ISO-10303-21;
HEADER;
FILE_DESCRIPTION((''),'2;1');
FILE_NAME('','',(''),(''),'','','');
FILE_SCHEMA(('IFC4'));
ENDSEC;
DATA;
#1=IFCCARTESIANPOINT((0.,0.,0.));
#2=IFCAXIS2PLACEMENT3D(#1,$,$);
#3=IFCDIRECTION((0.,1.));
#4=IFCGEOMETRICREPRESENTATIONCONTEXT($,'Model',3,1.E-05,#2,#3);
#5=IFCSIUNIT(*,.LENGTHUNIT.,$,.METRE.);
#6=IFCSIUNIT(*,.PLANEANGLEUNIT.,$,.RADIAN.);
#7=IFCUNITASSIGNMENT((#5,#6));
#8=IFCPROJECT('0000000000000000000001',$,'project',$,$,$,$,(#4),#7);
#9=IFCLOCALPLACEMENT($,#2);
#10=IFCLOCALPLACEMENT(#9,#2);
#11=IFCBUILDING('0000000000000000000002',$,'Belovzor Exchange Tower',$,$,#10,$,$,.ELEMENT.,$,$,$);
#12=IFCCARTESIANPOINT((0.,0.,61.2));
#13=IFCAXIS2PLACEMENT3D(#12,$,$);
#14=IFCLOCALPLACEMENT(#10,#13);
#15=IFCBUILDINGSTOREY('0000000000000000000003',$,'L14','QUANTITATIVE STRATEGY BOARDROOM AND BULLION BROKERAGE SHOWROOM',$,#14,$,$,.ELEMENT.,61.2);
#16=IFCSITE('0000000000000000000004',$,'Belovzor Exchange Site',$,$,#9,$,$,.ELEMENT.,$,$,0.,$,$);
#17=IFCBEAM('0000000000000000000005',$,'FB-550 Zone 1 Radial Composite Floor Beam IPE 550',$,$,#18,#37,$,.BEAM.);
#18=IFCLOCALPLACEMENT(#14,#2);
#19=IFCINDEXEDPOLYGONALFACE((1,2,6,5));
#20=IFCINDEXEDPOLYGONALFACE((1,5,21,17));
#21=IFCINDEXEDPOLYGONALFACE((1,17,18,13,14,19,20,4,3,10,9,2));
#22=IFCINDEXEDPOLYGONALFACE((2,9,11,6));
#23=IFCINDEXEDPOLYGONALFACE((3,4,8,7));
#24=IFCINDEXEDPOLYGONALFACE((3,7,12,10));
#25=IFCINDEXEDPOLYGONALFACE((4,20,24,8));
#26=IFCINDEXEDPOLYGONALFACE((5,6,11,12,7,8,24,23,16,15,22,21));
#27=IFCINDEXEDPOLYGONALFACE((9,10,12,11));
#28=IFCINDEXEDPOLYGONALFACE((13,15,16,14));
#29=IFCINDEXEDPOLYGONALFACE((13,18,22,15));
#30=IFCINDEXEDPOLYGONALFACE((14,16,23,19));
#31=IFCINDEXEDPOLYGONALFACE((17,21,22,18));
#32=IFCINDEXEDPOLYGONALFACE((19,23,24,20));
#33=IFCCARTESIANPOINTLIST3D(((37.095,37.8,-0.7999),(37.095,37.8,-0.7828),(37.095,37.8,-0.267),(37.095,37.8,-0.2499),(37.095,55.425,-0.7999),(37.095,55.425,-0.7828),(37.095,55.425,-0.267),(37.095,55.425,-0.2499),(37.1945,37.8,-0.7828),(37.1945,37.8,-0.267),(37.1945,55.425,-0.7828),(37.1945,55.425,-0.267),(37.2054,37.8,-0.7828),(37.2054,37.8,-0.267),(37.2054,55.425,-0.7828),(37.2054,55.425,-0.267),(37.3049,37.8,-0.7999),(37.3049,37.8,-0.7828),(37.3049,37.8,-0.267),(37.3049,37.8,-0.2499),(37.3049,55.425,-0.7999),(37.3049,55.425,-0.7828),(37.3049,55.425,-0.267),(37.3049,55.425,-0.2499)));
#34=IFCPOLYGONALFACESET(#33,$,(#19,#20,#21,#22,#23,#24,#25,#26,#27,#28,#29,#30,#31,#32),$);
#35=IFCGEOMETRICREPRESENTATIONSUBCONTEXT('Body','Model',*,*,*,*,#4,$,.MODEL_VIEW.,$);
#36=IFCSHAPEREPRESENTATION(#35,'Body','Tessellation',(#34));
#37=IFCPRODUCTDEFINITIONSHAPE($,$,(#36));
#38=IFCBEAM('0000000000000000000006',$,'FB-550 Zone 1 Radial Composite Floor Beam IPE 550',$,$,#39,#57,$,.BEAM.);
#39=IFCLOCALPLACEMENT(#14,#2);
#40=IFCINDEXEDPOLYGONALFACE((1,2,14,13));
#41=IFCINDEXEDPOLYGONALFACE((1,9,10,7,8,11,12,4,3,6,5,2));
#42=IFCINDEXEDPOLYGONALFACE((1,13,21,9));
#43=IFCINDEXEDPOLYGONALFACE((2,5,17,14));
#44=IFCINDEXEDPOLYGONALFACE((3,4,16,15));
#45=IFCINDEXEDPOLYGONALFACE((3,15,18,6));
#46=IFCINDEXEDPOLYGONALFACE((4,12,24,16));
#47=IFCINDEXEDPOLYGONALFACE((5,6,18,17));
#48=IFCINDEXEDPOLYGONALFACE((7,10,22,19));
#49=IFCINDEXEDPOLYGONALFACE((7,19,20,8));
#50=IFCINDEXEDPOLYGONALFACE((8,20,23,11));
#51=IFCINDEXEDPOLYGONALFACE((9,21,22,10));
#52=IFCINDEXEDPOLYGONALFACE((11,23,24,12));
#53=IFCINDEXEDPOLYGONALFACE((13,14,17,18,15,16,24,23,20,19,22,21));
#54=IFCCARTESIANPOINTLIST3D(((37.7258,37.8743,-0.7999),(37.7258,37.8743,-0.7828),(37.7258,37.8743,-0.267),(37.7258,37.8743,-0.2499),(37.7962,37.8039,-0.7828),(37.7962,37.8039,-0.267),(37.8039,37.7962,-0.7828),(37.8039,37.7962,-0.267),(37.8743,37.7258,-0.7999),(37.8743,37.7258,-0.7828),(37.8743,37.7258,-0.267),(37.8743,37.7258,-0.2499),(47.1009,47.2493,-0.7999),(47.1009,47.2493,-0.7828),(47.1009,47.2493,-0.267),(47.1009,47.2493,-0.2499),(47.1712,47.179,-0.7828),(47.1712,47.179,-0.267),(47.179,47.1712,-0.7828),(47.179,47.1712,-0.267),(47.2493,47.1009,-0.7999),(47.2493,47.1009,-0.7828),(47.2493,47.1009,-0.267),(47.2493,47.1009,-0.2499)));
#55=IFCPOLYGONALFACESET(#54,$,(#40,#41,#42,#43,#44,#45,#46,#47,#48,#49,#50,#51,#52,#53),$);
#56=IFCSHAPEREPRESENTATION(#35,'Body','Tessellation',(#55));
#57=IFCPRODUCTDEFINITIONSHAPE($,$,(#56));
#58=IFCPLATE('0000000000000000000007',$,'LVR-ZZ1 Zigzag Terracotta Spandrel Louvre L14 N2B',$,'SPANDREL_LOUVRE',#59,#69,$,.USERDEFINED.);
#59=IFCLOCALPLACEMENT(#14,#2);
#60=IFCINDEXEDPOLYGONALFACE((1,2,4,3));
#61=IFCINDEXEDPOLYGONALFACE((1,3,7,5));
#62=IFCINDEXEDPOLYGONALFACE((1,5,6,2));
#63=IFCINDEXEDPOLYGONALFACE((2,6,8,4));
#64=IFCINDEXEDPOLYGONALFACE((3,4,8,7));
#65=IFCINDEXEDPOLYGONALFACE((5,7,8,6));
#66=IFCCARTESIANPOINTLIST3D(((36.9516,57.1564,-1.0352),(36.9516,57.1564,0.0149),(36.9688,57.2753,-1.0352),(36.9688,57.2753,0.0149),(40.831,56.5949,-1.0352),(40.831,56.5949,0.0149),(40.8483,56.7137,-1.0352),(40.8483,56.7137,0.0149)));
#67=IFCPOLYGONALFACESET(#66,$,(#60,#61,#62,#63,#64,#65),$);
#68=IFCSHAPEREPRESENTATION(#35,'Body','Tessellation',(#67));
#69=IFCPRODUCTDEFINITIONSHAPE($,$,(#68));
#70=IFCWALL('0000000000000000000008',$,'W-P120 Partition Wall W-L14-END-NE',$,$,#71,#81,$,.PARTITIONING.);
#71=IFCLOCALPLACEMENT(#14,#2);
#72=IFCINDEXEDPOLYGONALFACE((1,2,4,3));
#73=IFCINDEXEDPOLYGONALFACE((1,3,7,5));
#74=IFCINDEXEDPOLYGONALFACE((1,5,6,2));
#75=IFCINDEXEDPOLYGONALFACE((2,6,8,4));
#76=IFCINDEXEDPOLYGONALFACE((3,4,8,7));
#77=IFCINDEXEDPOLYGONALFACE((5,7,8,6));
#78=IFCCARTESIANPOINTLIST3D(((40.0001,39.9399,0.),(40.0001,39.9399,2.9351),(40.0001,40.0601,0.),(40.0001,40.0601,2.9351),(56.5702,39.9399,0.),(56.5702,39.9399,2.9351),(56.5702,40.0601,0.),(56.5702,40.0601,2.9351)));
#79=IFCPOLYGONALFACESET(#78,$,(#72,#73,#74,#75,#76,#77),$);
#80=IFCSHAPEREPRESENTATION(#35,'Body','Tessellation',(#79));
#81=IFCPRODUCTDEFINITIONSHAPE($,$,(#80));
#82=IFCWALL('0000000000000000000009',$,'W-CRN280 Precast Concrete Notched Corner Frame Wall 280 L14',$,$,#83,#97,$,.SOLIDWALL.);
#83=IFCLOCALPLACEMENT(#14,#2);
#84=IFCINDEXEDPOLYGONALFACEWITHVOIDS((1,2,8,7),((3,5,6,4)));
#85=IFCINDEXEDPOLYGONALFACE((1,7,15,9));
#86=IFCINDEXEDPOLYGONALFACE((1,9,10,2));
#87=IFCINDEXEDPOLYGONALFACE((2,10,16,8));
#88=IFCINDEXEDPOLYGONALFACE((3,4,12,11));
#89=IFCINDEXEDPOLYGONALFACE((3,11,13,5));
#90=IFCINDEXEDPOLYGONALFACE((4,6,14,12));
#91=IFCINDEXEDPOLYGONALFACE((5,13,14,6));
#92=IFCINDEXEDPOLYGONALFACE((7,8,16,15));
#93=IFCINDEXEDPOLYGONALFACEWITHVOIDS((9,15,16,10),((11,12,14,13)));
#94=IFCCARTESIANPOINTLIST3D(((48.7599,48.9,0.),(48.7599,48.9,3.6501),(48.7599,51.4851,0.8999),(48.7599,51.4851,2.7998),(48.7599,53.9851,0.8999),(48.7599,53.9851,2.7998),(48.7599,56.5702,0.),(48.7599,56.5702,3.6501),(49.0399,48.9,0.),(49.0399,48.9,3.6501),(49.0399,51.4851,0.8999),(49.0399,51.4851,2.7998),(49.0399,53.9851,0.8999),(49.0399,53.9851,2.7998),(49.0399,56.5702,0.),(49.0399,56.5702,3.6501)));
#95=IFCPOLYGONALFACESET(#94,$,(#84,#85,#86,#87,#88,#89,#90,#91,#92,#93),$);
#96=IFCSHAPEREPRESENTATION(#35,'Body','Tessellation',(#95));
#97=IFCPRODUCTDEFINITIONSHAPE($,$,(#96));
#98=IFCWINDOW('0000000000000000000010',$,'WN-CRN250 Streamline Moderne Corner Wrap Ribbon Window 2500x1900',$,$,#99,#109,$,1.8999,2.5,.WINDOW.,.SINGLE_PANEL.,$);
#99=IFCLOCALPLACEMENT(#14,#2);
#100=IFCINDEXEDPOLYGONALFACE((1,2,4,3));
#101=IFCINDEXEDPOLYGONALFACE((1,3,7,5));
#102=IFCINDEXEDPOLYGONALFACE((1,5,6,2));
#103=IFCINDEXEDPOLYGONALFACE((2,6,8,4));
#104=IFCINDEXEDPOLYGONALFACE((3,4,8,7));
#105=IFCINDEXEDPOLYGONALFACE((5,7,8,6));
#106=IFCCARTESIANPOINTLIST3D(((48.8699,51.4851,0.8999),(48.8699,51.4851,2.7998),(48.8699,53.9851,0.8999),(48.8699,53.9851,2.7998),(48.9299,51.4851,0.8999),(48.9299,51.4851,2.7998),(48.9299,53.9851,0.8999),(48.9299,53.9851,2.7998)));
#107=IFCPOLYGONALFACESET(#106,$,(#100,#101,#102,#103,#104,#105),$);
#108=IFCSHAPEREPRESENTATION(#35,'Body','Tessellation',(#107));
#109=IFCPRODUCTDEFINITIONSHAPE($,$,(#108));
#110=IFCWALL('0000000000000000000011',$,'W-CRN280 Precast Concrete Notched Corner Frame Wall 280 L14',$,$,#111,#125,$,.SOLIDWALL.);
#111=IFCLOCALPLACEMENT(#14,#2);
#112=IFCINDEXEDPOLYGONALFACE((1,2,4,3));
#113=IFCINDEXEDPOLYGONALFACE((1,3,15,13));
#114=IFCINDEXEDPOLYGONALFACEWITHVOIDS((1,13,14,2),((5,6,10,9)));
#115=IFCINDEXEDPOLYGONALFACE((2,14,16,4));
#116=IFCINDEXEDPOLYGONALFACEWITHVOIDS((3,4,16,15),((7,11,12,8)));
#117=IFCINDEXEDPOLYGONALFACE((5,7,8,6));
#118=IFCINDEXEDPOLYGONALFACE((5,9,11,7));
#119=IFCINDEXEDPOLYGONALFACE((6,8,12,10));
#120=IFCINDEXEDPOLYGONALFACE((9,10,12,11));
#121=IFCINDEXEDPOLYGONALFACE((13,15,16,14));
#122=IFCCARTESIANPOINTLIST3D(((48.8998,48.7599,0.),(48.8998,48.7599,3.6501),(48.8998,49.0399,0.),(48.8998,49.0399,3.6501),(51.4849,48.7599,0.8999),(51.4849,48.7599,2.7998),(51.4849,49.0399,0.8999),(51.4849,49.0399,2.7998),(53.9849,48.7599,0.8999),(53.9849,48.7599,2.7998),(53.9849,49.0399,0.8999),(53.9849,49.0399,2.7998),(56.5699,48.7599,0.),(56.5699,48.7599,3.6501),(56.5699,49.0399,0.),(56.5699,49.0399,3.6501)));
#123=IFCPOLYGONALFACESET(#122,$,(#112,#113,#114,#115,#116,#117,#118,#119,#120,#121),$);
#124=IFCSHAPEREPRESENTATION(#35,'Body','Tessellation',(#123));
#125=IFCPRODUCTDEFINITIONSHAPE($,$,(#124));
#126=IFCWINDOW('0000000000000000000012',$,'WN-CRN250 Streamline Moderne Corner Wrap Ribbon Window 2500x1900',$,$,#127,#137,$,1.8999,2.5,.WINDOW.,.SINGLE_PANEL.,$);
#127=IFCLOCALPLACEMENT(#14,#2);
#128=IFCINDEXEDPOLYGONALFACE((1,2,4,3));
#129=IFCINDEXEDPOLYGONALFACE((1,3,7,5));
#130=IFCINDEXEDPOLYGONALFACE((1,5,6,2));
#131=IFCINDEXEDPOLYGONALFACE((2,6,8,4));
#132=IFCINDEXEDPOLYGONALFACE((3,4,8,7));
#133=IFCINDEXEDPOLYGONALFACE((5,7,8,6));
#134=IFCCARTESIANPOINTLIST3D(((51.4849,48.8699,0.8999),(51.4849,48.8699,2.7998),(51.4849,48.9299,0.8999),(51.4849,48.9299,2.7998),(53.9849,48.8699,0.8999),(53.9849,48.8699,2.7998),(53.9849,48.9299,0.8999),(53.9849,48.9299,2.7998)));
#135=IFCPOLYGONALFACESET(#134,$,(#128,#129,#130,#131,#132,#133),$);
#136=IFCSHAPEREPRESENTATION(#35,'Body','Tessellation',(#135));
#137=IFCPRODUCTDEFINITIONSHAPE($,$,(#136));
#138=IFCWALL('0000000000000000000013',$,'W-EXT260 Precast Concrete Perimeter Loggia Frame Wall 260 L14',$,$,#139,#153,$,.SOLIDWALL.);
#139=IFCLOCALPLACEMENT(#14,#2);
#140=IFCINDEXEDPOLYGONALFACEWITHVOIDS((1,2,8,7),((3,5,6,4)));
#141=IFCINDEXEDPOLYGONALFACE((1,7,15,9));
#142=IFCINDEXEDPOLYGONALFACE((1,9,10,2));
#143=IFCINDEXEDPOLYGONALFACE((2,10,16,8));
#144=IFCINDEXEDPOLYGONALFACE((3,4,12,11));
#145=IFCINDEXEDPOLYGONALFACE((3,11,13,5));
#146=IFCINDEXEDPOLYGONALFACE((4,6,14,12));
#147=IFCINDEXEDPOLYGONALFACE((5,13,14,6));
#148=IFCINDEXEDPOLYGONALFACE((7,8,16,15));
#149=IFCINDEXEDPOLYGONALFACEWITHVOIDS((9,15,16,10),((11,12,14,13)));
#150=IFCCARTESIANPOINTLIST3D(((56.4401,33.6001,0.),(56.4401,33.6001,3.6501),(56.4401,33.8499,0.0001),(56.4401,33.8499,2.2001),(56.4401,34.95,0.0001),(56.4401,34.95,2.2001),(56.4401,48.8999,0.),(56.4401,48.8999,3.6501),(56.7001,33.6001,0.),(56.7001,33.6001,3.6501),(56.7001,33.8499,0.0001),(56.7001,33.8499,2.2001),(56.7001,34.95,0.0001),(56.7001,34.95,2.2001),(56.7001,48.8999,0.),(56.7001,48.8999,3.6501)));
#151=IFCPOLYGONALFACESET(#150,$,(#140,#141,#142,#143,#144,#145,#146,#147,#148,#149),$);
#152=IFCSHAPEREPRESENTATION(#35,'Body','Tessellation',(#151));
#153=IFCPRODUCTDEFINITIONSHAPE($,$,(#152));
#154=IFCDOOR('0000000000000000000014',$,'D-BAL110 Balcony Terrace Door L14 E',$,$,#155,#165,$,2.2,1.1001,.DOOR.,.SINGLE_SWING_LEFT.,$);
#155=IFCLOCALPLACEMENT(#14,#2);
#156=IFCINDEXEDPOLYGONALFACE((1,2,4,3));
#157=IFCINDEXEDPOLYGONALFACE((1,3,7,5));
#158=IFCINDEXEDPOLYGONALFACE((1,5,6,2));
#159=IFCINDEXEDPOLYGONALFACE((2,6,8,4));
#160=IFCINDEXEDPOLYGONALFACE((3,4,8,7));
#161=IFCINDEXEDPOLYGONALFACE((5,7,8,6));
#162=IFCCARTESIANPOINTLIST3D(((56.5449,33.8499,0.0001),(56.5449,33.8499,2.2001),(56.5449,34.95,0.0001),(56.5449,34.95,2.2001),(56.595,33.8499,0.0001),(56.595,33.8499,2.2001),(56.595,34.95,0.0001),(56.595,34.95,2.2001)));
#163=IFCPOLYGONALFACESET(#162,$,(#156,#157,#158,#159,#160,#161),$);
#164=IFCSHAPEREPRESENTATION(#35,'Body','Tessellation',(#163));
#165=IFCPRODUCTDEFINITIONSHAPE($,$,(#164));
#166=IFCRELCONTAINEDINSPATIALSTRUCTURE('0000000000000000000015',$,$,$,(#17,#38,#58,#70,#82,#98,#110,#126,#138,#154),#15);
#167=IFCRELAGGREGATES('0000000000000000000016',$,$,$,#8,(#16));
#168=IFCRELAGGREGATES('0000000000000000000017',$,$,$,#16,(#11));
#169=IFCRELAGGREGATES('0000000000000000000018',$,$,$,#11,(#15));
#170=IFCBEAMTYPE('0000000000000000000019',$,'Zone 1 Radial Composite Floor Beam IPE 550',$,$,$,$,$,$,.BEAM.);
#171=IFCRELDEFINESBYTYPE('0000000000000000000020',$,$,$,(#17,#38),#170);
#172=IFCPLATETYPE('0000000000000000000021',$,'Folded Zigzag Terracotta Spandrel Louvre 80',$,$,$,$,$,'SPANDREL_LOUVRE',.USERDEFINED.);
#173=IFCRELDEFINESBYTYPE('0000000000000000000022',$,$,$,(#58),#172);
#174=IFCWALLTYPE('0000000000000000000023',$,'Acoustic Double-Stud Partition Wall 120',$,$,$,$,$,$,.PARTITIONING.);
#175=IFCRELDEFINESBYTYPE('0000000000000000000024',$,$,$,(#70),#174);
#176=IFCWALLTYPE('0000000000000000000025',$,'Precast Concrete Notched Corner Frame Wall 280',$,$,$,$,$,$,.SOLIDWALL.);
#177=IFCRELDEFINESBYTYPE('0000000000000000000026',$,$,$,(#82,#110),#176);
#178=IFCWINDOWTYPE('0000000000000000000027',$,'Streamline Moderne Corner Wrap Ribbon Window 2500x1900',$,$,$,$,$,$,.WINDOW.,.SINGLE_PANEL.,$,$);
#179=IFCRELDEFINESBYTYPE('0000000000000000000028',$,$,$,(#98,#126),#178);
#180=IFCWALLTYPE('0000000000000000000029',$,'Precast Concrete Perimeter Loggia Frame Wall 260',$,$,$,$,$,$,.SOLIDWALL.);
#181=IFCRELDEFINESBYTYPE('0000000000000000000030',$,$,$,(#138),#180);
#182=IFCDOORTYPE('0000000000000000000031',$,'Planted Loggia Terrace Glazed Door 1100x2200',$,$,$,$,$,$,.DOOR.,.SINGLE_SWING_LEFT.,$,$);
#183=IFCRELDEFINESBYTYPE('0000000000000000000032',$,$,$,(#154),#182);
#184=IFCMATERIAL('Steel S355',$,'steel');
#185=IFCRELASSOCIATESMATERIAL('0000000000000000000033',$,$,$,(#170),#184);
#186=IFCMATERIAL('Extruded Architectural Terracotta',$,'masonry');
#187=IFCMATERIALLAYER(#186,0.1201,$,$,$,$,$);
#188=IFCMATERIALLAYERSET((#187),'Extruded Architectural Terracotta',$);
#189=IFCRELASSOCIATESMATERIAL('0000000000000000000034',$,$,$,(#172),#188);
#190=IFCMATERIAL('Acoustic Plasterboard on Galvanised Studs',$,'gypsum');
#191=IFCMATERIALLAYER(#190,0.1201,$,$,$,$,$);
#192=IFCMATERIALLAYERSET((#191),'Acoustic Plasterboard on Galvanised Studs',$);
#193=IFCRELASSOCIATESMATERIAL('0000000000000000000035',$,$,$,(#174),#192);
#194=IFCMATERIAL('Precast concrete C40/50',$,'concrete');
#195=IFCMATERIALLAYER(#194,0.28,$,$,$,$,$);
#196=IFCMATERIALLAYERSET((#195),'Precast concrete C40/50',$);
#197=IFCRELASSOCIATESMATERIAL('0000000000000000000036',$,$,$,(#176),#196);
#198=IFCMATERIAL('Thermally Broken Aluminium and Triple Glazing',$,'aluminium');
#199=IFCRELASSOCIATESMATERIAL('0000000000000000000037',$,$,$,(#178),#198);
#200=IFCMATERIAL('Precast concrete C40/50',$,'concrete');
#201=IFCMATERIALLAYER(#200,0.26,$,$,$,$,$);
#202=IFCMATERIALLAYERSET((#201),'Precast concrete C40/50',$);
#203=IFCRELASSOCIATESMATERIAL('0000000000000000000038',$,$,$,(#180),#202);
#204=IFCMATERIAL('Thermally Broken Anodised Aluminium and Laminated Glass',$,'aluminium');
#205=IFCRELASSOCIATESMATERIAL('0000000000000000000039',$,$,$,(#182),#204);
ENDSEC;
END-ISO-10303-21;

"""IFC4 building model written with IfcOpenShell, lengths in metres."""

from ifc_helpers import new_model, si_unit, direction, frame, frame_2d, origin, origin_2d, place, context, subcontext, project, spatial, rectangle, i_section, extrude, material, layer, layer_set, material_profile, profile_set, type_object, element, fill, save


model = new_model("IFC4")

# Units and contexts
model_context = context("Model", 3, precision=1e-05, world=origin(), true_north=direction((0.0, 1.0)))
body_context = subcontext(model_context, "Body", "Model", "MODEL_VIEW")
ifc_project = project(units=[si_unit("LENGTHUNIT", "METRE"), si_unit("PLANEANGLEUNIT", "RADIAN")], contexts=[model_context])

# Site, building, storey
site_placement = place(None, origin())
site = spatial("IfcSite", under=ifc_project, at=site_placement, Name="Belovzor Exchange Site", CompositionType="ELEMENT", RefElevation=0.0)
building_placement = place(site_placement, origin())
building = spatial("IfcBuilding", under=site, at=building_placement, Name="Belovzor Exchange Tower", CompositionType="ELEMENT")
storey_placement = place(building_placement, frame((0.0, 0.0, 61.2)))
storey = spatial("IfcBuildingStorey", under=building, at=storey_placement, Name="L14", Description="QUANTITATIVE STRATEGY BOARDROOM AND BULLION BROKERAGE SHOWROOM", CompositionType="ELEMENT", Elevation=61.2)

# Beams
ifc_material_1 = material(Name="Steel S355", Category="steel")
ifc_material_profile_1 = material_profile(ifc_material_1, i_section(OverallWidth=0.21, OverallDepth=0.55, WebThickness=0.011, FlangeThickness=0.0171, at=origin_2d()))
ifc_profile_set_1 = profile_set([ifc_material_profile_1], Name="Steel S355")
beam_type_1 = type_object("IfcBeamType", Name="Zone 1 Radial Composite Floor Beam IPE 550", PredefinedType="BEAM", material=ifc_profile_set_1)
beam_1_placement = place(storey_placement, frame((37.2, 37.8, -0.5249), z_axis=(0.0, 1.0, 0.0), x_axis=(-1.0, 0.0, 0.0)))
element("IfcBeam", 1, at=beam_1_placement, inside=storey, type_object=beam_type_1, Name="FB-550 Zone 1 Radial Composite Floor Beam IPE 550", PredefinedType="BEAM", context=body_context, shape_type="SweptSolid", body=[
    extrude(i_section(OverallWidth=0.21, OverallDepth=0.55, WebThickness=0.011, FlangeThickness=0.0171, at=origin_2d()), origin(), (0.0, 0.0, 1.0), 17.625),
])
beam_2_placement = place(storey_placement, frame((37.8, 37.8, -0.5249), z_axis=(0.707107, 0.707107, 0.0), x_axis=(-0.707107, 0.707107, 0.0)))
element("IfcBeam", 2, at=beam_2_placement, inside=storey, type_object=beam_type_1, Name="FB-550 Zone 1 Radial Composite Floor Beam IPE 550", PredefinedType="BEAM", context=body_context, shape_type="SweptSolid", body=[
    extrude(i_section(OverallWidth=0.21, OverallDepth=0.55, WebThickness=0.011, FlangeThickness=0.0171, at=origin_2d()), origin(), (0.0, 0.0, 1.0), 13.2583),
])

# Plate
ifc_material_2 = material(Name="Extruded Architectural Terracotta", Category="masonry")
ifc_layer_1 = layer(ifc_material_2, 0.1201)
ifc_layer_set_1 = layer_set([ifc_layer_1], Name="Extruded Architectural Terracotta")
plate_type = type_object("IfcPlateType", Name="Folded Zigzag Terracotta Spandrel Louvre 80", ElementType="SPANDREL_LOUVRE", PredefinedType="USERDEFINED", material=ifc_layer_set_1)
plate_placement = place(storey_placement, frame((38.8999, 56.9351, -1.0352), z_axis=(0.0, 0.0, 1.0), x_axis=(0.989686, -0.143251, 0.0)))
element("IfcPlate", 3, at=plate_placement, inside=storey, type_object=plate_type, Name="LVR-ZZ1 Zigzag Terracotta Spandrel Louvre L14 N2B", ObjectType="SPANDREL_LOUVRE", PredefinedType="USERDEFINED", context=body_context, shape_type="SweptSolid", body=[
    extrude(rectangle(XDim=3.9199, YDim=0.1201, at=origin_2d()), origin(), (0.0, 0.0, 1.0), 1.05),
])

# Wall
ifc_material_3 = material(Name="Acoustic Plasterboard on Galvanised Studs", Category="gypsum")
ifc_layer_2 = layer(ifc_material_3, 0.1201)
ifc_layer_set_2 = layer_set([ifc_layer_2], Name="Acoustic Plasterboard on Galvanised Studs")
wall_type_1 = type_object("IfcWallType", Name="Acoustic Double-Stud Partition Wall 120", PredefinedType="PARTITIONING", material=ifc_layer_set_2)
wall_1_placement = place(storey_placement, frame((40.0, 40.0, 0.0), z_axis=(0.0, 0.0, 1.0), x_axis=(1.0, 0.0, 0.0)))
element("IfcWall", 4, at=wall_1_placement, inside=storey, type_object=wall_type_1, Name="W-P120 Partition Wall W-L14-END-NE", PredefinedType="PARTITIONING", context=body_context, shape_type="SweptSolid", body=[
    extrude(rectangle(XDim=16.5701, YDim=0.1201, at=frame_2d((8.2852, 0.0))), origin(), (0.0, 0.0, 1.0), 2.9351),
])

# Walls, openings, windows
ifc_material_4 = material(Name="Precast concrete C40/50", Category="concrete")
ifc_layer_3 = layer(ifc_material_4, 0.28)
ifc_layer_set_3 = layer_set([ifc_layer_3], Name="Precast concrete C40/50")
wall_type_2 = type_object("IfcWallType", Name="Precast Concrete Notched Corner Frame Wall 280", PredefinedType="SOLIDWALL", material=ifc_layer_set_3)
wall_2_placement = place(storey_placement, frame((48.8999, 56.5701, 0.0), z_axis=(0.0, 0.0, 1.0), x_axis=(0.0, -1.0, 0.0)))
wall_2 = element("IfcWall", 5, at=wall_2_placement, inside=storey, type_object=wall_type_2, Name="W-CRN280 Precast Concrete Notched Corner Frame Wall 280 L14", PredefinedType="SOLIDWALL", context=body_context, shape_type="SweptSolid", body=[
    extrude(rectangle(XDim=7.6702, YDim=0.28, at=frame_2d((3.835, 0.0))), origin(), (0.0, 0.0, 1.0), 3.6501),
])
opening_1_placement = place(wall_2_placement, frame((2.585, 0.0, 0.8999)))
opening_1 = element("IfcOpeningElement", 6, at=opening_1_placement, cuts=wall_2, PredefinedType="OPENING", context=body_context, shape_type="SweptSolid", body=[
    extrude(rectangle(XDim=2.5, YDim=1.8999, at=frame_2d((1.25, 0.95))), frame((0.0, 0.1499, 0.0), z_axis=(0.0, -1.0, 0.0), x_axis=(1.0, 0.0, 0.0)), (0.0, 0.0, 1.0), 0.3),
])
ifc_material_5 = material(Name="Thermally Broken Aluminium and Triple Glazing", Category="aluminium")
window_type = type_object("IfcWindowType", Name="Streamline Moderne Corner Wrap Ribbon Window 2500x1900", PartitioningType="SINGLE_PANEL", PredefinedType="WINDOW", material=ifc_material_5)
window_1_placement = place(opening_1_placement, origin())
window_1 = element("IfcWindow", 7, at=window_1_placement, inside=storey, type_object=window_type, Name="WN-CRN250 Streamline Moderne Corner Wrap Ribbon Window 2500x1900", OverallHeight=1.8999, OverallWidth=2.5, PartitioningType="SINGLE_PANEL", PredefinedType="WINDOW", context=body_context, shape_type="SweptSolid", body=[
    extrude(rectangle(XDim=2.5, YDim=1.8999, at=frame_2d((1.25, 0.95))), frame((0.0, 0.03, 0.0), z_axis=(0.0, -1.0, 0.0), x_axis=(1.0, 0.0, 0.0)), (0.0, 0.0, 1.0), 0.0601),
])
fill(opening_1, window_1)
wall_3_placement = place(storey_placement, frame((48.8999, 48.8999, 0.0), z_axis=(0.0, 0.0, 1.0), x_axis=(1.0, 0.0, 0.0)))
wall_3 = element("IfcWall", 8, at=wall_3_placement, inside=storey, type_object=wall_type_2, Name="W-CRN280 Precast Concrete Notched Corner Frame Wall 280 L14", PredefinedType="SOLIDWALL", context=body_context, shape_type="SweptSolid", body=[
    extrude(rectangle(XDim=7.6702, YDim=0.28, at=frame_2d((3.835, 0.0))), origin(), (0.0, 0.0, 1.0), 3.6501),
])
opening_2_placement = place(wall_3_placement, frame((2.585, 0.0, 0.8999)))
opening_2 = element("IfcOpeningElement", 9, at=opening_2_placement, cuts=wall_3, PredefinedType="OPENING", context=body_context, shape_type="SweptSolid", body=[
    extrude(rectangle(XDim=2.5, YDim=1.8999, at=frame_2d((1.25, 0.95))), frame((0.0, 0.1499, 0.0), z_axis=(0.0, -1.0, 0.0), x_axis=(1.0, 0.0, 0.0)), (0.0, 0.0, 1.0), 0.3),
])
window_2_placement = place(opening_2_placement, origin())
window_2 = element("IfcWindow", 10, at=window_2_placement, inside=storey, type_object=window_type, Name="WN-CRN250 Streamline Moderne Corner Wrap Ribbon Window 2500x1900", OverallHeight=1.8999, OverallWidth=2.5, PartitioningType="SINGLE_PANEL", PredefinedType="WINDOW", context=body_context, shape_type="SweptSolid", body=[
    extrude(rectangle(XDim=2.5, YDim=1.8999, at=frame_2d((1.25, 0.95))), frame((0.0, 0.03, 0.0), z_axis=(0.0, -1.0, 0.0), x_axis=(1.0, 0.0, 0.0)), (0.0, 0.0, 1.0), 0.0601),
])
fill(opening_2, window_2)

# Wall, opening, door
ifc_material_6 = material(Name="Precast concrete C40/50", Category="concrete")
ifc_layer_4 = layer(ifc_material_6, 0.26)
ifc_layer_set_4 = layer_set([ifc_layer_4], Name="Precast concrete C40/50")
wall_type_3 = type_object("IfcWallType", Name="Precast Concrete Perimeter Loggia Frame Wall 260", PredefinedType="SOLIDWALL", material=ifc_layer_set_4)
wall_4_placement = place(storey_placement, frame((56.5701, 48.8999, 0.0), z_axis=(0.0, 0.0, 1.0), x_axis=(0.0, -1.0, 0.0)))
wall_4 = element("IfcWall", 11, at=wall_4_placement, inside=storey, type_object=wall_type_3, Name="W-EXT260 Precast Concrete Perimeter Loggia Frame Wall 260 L14", PredefinedType="SOLIDWALL", context=body_context, shape_type="SweptSolid", body=[
    extrude(rectangle(XDim=15.2998, YDim=0.26, at=frame_2d((7.6499, 0.0))), origin(), (0.0, 0.0, 1.0), 3.6501),
])
opening_3_placement = place(wall_4_placement, frame((13.95, 0.0, 0.0)))
opening_3 = element("IfcOpeningElement", 12, at=opening_3_placement, cuts=wall_4, PredefinedType="OPENING", context=body_context, shape_type="SweptSolid", body=[
    extrude(rectangle(XDim=1.1001, YDim=2.2, at=frame_2d((0.55, 1.1001))), frame((0.0, 0.1399, 0.0), z_axis=(0.0, -1.0, 0.0), x_axis=(1.0, 0.0, 0.0)), (0.0, 0.0, 1.0), 0.28),
])
ifc_material_7 = material(Name="Thermally Broken Anodised Aluminium and Laminated Glass", Category="aluminium")
door_type = type_object("IfcDoorType", Name="Planted Loggia Terrace Glazed Door 1100x2200", OperationType="SINGLE_SWING_LEFT", PredefinedType="DOOR", material=ifc_material_7)
door_placement = place(opening_3_placement, origin())
door = element("IfcDoor", 13, at=door_placement, inside=storey, type_object=door_type, Name="D-BAL110 Balcony Terrace Door L14 E", OperationType="SINGLE_SWING_LEFT", OverallHeight=2.2, OverallWidth=1.1001, PredefinedType="DOOR", context=body_context, shape_type="SweptSolid", body=[
    extrude(rectangle(XDim=1.1001, YDim=2.2, at=frame_2d((0.55, 1.1001))), frame((0.0, 0.0249, 0.0), z_axis=(0.0, -1.0, 0.0), x_axis=(1.0, 0.0, 0.0)), (0.0, 0.0, 1.0), 0.05),
])
fill(opening_3, door)

save(model, "model.ifc")
